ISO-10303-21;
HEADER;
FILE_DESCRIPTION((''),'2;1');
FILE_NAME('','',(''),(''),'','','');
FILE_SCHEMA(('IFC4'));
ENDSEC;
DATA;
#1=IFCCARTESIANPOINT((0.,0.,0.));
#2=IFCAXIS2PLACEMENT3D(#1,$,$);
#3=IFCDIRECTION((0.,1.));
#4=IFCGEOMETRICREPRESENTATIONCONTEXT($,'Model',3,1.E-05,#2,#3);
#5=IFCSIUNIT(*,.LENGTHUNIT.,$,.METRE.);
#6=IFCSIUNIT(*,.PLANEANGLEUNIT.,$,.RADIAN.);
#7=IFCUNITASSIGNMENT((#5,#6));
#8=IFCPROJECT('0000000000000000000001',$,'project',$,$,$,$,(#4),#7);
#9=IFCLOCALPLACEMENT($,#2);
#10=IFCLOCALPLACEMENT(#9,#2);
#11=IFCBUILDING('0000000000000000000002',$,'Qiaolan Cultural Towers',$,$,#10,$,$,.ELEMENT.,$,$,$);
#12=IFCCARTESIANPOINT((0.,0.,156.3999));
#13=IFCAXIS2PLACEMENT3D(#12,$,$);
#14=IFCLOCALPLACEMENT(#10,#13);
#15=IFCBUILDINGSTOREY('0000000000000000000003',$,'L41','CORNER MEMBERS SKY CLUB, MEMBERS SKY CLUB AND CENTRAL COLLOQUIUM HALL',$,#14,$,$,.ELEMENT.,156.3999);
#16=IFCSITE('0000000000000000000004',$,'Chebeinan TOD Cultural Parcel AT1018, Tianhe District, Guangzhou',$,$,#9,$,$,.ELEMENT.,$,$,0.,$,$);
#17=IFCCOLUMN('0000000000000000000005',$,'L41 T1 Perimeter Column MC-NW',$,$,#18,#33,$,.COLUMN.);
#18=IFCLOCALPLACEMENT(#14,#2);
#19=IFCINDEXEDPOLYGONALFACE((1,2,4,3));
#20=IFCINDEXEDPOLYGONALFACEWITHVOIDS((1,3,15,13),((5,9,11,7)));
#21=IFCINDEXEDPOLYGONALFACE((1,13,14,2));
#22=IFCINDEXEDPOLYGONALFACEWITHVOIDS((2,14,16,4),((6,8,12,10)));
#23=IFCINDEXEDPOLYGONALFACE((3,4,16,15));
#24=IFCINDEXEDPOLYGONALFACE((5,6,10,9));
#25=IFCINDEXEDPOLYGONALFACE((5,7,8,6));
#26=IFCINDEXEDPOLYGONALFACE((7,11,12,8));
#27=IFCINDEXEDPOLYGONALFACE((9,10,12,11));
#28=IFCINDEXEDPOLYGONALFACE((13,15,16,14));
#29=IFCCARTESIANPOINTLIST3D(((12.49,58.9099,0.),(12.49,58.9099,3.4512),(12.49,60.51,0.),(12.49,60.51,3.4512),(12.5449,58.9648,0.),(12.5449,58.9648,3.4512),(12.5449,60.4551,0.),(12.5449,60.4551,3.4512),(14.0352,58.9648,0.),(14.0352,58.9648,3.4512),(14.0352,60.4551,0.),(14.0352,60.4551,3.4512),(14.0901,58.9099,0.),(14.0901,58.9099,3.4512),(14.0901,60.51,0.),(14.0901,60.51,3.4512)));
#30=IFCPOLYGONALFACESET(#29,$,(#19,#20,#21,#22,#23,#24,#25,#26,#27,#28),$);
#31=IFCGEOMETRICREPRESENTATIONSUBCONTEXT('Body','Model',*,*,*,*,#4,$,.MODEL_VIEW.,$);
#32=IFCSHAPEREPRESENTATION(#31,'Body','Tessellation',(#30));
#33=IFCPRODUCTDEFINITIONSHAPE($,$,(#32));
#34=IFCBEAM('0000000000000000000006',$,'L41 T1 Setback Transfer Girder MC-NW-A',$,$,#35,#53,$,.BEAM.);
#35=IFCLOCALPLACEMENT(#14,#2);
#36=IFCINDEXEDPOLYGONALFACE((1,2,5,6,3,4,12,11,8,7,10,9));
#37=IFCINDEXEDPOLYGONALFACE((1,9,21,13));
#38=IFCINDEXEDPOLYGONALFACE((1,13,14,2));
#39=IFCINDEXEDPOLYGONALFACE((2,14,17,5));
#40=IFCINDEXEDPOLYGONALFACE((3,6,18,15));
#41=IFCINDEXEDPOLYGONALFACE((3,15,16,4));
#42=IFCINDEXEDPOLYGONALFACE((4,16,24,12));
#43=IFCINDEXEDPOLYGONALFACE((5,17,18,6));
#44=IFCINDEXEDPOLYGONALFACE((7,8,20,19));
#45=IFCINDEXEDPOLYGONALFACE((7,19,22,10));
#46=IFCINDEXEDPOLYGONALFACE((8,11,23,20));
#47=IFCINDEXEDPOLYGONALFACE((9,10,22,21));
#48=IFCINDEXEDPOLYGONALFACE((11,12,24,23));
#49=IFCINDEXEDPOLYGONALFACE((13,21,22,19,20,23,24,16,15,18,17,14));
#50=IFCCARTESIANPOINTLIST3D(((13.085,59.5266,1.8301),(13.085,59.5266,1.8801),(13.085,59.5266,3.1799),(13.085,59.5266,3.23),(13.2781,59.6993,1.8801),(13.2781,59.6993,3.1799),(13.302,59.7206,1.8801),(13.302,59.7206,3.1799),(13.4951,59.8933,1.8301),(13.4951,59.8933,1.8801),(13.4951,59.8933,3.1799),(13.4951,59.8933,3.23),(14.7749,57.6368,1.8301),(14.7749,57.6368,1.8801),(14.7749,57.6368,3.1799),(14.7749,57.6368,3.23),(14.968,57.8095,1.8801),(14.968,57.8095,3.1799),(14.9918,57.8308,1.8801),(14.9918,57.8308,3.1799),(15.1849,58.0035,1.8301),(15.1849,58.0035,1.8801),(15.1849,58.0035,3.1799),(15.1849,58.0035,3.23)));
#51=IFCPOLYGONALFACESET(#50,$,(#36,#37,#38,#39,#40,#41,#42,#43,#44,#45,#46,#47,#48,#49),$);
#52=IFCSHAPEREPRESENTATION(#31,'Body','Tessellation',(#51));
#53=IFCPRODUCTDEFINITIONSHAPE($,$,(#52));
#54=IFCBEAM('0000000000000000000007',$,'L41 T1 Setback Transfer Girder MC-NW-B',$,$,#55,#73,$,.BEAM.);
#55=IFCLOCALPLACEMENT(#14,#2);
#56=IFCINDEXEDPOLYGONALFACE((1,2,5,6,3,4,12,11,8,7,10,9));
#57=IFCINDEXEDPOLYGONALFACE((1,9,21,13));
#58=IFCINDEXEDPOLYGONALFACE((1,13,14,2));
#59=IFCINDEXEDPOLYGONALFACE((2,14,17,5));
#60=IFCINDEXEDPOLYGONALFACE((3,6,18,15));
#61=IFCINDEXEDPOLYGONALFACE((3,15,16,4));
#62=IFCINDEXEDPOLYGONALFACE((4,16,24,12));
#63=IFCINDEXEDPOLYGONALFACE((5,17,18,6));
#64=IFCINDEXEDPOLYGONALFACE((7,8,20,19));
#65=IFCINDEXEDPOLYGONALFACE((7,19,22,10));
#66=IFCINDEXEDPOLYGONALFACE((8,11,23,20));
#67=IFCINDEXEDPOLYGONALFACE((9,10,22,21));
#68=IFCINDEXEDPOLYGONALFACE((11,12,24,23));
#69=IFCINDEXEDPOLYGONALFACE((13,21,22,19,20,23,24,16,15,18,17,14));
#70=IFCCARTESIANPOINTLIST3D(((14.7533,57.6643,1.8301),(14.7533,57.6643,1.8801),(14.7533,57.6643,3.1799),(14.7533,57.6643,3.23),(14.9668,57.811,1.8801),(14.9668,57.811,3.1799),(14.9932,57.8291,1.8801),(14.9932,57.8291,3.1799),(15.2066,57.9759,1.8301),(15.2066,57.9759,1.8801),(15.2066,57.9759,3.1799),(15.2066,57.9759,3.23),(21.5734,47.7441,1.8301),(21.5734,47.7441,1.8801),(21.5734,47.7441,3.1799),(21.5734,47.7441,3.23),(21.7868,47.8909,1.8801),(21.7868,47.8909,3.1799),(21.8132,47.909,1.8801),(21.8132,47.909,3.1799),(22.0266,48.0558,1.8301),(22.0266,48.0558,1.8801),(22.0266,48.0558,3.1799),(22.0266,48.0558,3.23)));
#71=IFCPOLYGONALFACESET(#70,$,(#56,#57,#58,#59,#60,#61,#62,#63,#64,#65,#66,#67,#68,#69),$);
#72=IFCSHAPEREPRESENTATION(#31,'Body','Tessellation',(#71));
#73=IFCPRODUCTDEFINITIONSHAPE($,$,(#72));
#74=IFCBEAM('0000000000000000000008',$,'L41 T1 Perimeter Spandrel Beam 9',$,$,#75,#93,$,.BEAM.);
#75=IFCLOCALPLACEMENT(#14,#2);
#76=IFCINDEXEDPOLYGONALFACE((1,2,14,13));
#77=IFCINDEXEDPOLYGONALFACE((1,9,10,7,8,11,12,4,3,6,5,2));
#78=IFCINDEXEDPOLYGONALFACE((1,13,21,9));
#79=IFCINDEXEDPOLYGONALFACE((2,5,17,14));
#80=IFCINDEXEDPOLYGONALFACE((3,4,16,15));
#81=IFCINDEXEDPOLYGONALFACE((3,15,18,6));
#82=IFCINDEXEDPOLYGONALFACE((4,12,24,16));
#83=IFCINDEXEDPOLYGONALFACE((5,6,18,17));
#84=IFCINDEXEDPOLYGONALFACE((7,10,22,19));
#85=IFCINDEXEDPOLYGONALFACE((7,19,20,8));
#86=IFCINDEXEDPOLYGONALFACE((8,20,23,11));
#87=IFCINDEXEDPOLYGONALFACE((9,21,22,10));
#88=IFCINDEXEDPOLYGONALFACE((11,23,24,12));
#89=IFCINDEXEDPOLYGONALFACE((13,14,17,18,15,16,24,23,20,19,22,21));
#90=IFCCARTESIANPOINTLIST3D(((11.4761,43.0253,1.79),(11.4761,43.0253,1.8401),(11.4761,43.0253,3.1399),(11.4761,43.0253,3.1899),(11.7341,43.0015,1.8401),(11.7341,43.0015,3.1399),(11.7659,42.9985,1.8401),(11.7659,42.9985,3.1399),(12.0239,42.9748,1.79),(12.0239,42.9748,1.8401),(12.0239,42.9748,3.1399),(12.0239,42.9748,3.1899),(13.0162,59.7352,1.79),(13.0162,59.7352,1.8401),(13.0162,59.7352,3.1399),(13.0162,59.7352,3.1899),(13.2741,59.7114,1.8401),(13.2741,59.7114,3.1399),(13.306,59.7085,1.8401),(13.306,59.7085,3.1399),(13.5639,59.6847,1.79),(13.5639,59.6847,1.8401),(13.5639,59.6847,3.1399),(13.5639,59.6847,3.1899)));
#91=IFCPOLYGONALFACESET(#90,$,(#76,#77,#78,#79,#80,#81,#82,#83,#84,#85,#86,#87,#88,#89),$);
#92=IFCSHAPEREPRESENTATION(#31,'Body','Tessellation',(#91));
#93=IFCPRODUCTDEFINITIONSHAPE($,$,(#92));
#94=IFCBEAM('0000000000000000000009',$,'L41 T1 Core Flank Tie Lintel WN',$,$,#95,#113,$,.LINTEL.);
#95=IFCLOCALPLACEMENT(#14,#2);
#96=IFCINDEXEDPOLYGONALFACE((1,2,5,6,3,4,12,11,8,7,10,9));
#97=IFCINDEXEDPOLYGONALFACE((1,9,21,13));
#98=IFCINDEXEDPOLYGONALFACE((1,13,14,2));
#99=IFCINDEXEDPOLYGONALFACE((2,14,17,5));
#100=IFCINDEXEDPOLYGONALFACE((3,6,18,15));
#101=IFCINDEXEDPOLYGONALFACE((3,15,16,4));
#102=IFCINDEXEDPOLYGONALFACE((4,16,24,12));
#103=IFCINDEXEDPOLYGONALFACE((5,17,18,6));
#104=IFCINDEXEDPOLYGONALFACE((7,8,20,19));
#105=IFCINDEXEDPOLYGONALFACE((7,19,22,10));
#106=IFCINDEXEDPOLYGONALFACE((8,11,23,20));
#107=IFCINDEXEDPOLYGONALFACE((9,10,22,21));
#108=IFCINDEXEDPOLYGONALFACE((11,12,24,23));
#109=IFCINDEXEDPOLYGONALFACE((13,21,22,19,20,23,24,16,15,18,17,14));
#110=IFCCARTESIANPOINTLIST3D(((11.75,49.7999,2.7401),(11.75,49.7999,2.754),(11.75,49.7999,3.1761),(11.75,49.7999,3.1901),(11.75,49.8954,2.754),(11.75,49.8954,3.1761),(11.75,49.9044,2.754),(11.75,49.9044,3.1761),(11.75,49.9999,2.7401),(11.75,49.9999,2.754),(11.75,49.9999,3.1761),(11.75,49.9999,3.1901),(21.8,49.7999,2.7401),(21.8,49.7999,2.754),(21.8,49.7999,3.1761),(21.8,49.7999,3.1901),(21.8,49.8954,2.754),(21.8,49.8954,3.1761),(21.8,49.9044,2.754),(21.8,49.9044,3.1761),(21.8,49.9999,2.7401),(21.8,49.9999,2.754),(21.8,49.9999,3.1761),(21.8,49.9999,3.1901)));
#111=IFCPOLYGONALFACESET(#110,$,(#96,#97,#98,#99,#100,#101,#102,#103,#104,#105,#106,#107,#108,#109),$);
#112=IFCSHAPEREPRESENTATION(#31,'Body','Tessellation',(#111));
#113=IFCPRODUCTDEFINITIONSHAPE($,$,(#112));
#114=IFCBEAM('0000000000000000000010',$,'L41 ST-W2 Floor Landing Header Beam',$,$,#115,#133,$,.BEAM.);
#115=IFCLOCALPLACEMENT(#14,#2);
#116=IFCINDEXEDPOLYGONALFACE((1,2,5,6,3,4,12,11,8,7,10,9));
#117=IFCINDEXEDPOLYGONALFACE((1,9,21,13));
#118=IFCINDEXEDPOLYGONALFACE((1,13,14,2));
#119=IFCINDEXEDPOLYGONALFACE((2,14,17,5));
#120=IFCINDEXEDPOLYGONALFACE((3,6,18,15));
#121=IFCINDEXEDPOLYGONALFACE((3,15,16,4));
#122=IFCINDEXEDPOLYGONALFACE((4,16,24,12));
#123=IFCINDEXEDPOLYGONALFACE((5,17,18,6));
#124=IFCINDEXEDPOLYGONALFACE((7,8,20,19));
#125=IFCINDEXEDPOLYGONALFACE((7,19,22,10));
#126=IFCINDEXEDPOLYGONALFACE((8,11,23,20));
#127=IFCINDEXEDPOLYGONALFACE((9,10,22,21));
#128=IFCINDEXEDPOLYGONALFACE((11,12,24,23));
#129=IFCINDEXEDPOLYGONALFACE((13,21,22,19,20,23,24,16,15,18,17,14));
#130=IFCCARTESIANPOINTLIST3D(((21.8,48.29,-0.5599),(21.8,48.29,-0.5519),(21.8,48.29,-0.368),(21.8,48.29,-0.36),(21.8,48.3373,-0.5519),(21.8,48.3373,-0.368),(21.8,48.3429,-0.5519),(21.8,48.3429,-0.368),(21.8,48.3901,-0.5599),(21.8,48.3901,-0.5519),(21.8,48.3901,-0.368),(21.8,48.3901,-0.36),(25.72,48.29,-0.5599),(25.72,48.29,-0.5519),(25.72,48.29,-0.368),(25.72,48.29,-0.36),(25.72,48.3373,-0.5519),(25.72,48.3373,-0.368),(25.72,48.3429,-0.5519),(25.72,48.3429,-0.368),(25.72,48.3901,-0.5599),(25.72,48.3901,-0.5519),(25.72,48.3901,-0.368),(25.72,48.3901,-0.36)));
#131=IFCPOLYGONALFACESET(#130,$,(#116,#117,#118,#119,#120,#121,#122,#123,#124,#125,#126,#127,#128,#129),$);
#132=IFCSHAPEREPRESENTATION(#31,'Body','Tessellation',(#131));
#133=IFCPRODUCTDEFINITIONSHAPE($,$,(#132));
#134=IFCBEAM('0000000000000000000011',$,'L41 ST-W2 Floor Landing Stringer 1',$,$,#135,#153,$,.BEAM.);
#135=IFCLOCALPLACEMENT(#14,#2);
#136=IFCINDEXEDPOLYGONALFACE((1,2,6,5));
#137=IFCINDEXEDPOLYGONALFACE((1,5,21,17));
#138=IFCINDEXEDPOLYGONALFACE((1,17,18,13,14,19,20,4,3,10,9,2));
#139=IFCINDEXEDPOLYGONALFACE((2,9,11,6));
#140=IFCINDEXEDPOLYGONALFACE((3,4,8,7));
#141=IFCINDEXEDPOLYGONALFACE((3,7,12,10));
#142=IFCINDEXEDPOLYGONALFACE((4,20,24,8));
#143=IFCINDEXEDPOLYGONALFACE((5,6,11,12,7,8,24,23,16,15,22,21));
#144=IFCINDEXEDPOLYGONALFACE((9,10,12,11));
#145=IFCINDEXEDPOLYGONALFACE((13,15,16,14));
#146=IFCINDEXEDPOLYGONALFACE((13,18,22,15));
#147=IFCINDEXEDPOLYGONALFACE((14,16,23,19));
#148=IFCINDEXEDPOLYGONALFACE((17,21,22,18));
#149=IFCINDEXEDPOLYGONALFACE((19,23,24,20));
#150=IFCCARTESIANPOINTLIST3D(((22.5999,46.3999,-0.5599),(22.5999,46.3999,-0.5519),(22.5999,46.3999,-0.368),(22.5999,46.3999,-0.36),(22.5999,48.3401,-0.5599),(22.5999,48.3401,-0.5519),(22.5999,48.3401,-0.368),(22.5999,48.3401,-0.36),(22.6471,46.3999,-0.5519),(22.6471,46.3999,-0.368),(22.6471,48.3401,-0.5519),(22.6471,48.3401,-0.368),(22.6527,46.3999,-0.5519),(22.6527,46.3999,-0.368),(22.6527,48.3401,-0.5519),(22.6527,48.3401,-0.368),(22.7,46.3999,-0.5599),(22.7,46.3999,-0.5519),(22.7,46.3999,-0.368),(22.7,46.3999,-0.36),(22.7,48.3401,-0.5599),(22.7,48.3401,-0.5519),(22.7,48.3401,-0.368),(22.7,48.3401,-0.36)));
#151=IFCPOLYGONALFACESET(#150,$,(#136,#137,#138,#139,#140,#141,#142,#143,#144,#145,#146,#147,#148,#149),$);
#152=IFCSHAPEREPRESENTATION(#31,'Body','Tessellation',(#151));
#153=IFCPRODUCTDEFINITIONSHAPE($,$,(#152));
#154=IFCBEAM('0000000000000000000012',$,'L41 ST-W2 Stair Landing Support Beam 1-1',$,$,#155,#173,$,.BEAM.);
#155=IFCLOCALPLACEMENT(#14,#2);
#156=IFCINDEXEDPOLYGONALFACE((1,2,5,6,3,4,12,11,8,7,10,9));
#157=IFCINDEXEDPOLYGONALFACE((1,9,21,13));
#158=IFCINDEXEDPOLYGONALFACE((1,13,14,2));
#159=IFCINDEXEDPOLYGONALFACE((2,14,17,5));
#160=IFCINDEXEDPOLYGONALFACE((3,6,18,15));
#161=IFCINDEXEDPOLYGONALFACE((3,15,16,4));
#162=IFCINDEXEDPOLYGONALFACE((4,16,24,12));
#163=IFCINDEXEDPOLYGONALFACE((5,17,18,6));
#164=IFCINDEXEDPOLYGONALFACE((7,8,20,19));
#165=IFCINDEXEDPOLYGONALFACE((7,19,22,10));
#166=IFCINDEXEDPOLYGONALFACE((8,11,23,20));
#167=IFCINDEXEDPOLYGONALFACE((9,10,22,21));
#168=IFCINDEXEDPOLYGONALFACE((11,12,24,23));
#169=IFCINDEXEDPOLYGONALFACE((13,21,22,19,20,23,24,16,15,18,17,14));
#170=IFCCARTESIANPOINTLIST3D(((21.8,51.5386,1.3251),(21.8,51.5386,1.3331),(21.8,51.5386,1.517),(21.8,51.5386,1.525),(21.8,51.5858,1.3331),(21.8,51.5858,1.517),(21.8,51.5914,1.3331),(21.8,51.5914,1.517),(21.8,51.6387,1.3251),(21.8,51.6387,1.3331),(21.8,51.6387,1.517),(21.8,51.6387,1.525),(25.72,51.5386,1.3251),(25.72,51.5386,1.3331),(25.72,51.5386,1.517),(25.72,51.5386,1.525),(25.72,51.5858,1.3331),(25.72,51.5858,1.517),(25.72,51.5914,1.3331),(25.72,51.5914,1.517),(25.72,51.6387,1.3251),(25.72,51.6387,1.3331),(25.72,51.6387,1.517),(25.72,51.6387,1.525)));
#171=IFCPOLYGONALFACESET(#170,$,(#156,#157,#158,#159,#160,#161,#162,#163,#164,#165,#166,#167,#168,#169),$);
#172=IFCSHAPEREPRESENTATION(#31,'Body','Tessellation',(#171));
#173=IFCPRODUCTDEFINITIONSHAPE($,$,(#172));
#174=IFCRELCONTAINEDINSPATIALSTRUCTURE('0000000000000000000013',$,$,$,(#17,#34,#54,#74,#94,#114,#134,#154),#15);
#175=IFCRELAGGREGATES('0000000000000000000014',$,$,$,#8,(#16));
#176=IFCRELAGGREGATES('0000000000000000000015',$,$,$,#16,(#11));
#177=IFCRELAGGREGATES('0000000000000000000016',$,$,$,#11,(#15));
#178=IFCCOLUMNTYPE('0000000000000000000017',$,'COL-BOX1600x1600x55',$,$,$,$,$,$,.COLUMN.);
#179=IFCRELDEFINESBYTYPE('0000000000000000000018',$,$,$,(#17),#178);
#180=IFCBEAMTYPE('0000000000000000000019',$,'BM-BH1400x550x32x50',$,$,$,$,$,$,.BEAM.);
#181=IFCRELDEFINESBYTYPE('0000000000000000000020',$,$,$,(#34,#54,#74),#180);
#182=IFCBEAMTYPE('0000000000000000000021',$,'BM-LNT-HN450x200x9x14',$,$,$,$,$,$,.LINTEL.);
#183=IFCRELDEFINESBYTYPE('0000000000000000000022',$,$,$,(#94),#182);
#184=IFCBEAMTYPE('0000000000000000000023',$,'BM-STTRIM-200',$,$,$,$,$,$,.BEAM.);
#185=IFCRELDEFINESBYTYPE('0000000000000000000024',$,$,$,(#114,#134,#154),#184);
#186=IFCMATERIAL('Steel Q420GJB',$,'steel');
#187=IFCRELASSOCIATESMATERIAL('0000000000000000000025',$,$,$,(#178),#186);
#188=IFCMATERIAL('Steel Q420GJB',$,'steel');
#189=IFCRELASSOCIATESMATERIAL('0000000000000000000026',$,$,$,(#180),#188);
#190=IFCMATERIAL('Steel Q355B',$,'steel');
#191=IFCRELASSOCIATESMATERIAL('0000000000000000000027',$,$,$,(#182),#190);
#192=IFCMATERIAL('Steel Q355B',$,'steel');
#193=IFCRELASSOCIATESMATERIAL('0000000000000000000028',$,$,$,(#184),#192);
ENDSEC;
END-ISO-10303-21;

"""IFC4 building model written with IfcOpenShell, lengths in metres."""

from ifc_helpers import new_model, si_unit, direction, frame, origin, origin_2d, place, context, subcontext, project, spatial, hollow_rectangle, i_section, extrude, material, material_profile, profile_set, type_object, element, save


model = new_model("IFC4")

# Units and contexts
model_context = context("Model", 3, precision=1e-05, world=origin(), true_north=direction((0.0, 1.0)))
body_context = subcontext(model_context, "Body", "Model", "MODEL_VIEW")
ifc_project = project(units=[si_unit("LENGTHUNIT", "METRE"), si_unit("PLANEANGLEUNIT", "RADIAN")], contexts=[model_context])

# Site, building, storey
site_placement = place(None, origin())
site = spatial("IfcSite", under=ifc_project, at=site_placement, Name="Chebeinan TOD Cultural Parcel AT1018, Tianhe District, Guangzhou", CompositionType="ELEMENT", RefElevation=0.0)
building_placement = place(site_placement, origin())
building = spatial("IfcBuilding", under=site, at=building_placement, Name="Qiaolan Cultural Towers", CompositionType="ELEMENT")
storey_placement = place(building_placement, frame((0.0, 0.0, 156.3999)))
storey = spatial("IfcBuildingStorey", under=building, at=storey_placement, Name="L41", Description="CORNER MEMBERS SKY CLUB, MEMBERS SKY CLUB AND CENTRAL COLLOQUIUM HALL", CompositionType="ELEMENT", Elevation=156.3999)

# Column
ifc_material_1 = material(Name="Steel Q420GJB", Category="steel")
ifc_material_profile_1 = material_profile(ifc_material_1, hollow_rectangle(XDim=1.6001, YDim=1.6001, WallThickness=0.0549, at=origin_2d()), Name="BOX1600x1600x55")
ifc_profile_set_1 = profile_set([ifc_material_profile_1], Name="Steel Q420GJB")
column_type = type_object("IfcColumnType", Name="COL-BOX1600x1600x55", PredefinedType="COLUMN", material=ifc_profile_set_1)
column_placement = place(storey_placement, frame((13.29, 59.71, 0.0), z_axis=(0.0, 0.0, 1.0), x_axis=(1.0, 0.0, 0.0)))
element("IfcColumn", 1, at=column_placement, inside=storey, type_object=column_type, Name="L41 T1 Perimeter Column MC-NW", PredefinedType="COLUMN", context=body_context, shape_type="SweptSolid", body=[
    extrude(hollow_rectangle(XDim=1.6001, YDim=1.6001, WallThickness=0.0549, at=origin_2d()), origin(), (0.0, 0.0, 1.0), 3.4512),
])

# Beams
ifc_material_2 = material(Name="Steel Q420GJB", Category="steel")
ifc_material_profile_2 = material_profile(ifc_material_2, i_section(OverallWidth=0.55, OverallDepth=1.3999, WebThickness=0.032, FlangeThickness=0.05, at=origin_2d()), Name="BH1400x550x32x50")
ifc_profile_set_2 = profile_set([ifc_material_profile_2], Name="Steel Q420GJB")
beam_type_1 = type_object("IfcBeamType", Name="BM-BH1400x550x32x50", PredefinedType="BEAM", material=ifc_profile_set_2)
beam_1_placement = place(storey_placement, frame((13.29, 59.71, 2.53), z_axis=(0.666572, -0.74544, 0.0), x_axis=(0.74544, 0.666572, 0.0)))
element("IfcBeam", 2, at=beam_1_placement, inside=storey, type_object=beam_type_1, Name="L41 T1 Setback Transfer Girder MC-NW-A", PredefinedType="BEAM", context=body_context, shape_type="SweptSolid", body=[
    extrude(i_section(OverallWidth=0.55, OverallDepth=1.3999, WebThickness=0.032, FlangeThickness=0.05, at=origin_2d()), origin(), (0.0, 0.0, 1.0), 2.5352),
])
beam_2_placement = place(storey_placement, frame((14.98, 57.8201, 2.53), z_axis=(0.566526, -0.824044, 0.0), x_axis=(0.824044, 0.566526, 0.0)))
element("IfcBeam", 3, at=beam_2_placement, inside=storey, type_object=beam_type_1, Name="L41 T1 Setback Transfer Girder MC-NW-B", PredefinedType="BEAM", context=body_context, shape_type="SweptSolid", body=[
    extrude(i_section(OverallWidth=0.55, OverallDepth=1.3999, WebThickness=0.032, FlangeThickness=0.05, at=origin_2d()), origin(), (0.0, 0.0, 1.0), 12.0383),
])
beam_3_placement = place(storey_placement, frame((13.29, 59.71, 2.49), z_axis=(-0.091774, -0.99578, 0.0), x_axis=(0.99578, -0.091774, 0.0)))
element("IfcBeam", 4, at=beam_3_placement, inside=storey, type_object=beam_type_1, Name="L41 T1 Perimeter Spandrel Beam 9", PredefinedType="BEAM", context=body_context, shape_type="SweptSolid", body=[
    extrude(i_section(OverallWidth=0.55, OverallDepth=1.3999, WebThickness=0.032, FlangeThickness=0.05, at=origin_2d()), origin(), (0.0, 0.0, 1.0), 16.7808),
])
ifc_material_3 = material(Name="Steel Q355B", Category="steel")
ifc_material_profile_3 = material_profile(ifc_material_3, i_section(OverallWidth=0.2, OverallDepth=0.45, WebThickness=0.009, FlangeThickness=0.0139, at=origin_2d()), Name="HN450x200x9x14")
ifc_profile_set_3 = profile_set([ifc_material_profile_3], Name="Steel Q355B")
beam_type_2 = type_object("IfcBeamType", Name="BM-LNT-HN450x200x9x14", PredefinedType="LINTEL", material=ifc_profile_set_3)
beam_4_placement = place(storey_placement, frame((21.8, 49.8999, 2.9651), z_axis=(-1.0, 0.0, 0.0), x_axis=(0.0, -1.0, 0.0)))
element("IfcBeam", 5, at=beam_4_placement, inside=storey, type_object=beam_type_2, Name="L41 T1 Core Flank Tie Lintel WN", PredefinedType="LINTEL", context=body_context, shape_type="SweptSolid", body=[
    extrude(i_section(OverallWidth=0.2, OverallDepth=0.45, WebThickness=0.009, FlangeThickness=0.0139, at=origin_2d()), origin(), (0.0, 0.0, 1.0), 10.05),
])
ifc_material_4 = material(Name="Steel Q355B", Category="steel")
ifc_material_profile_4 = material_profile(ifc_material_4, i_section(OverallWidth=0.1001, OverallDepth=0.2, WebThickness=0.0056, FlangeThickness=0.0081, at=origin_2d()), Name="HN200x100x5.5x8")
ifc_profile_set_4 = profile_set([ifc_material_profile_4], Name="Steel Q355B")
beam_type_3 = type_object("IfcBeamType", Name="BM-STTRIM-200", PredefinedType="BEAM", material=ifc_profile_set_4)
beam_5_placement = place(storey_placement, frame((21.8, 48.3401, -0.46), z_axis=(1.0, 0.0, 0.0), x_axis=(0.0, 1.0, 0.0)))
element("IfcBeam", 6, at=beam_5_placement, inside=storey, type_object=beam_type_3, Name="L41 ST-W2 Floor Landing Header Beam", PredefinedType="BEAM", context=body_context, shape_type="SweptSolid", body=[
    extrude(i_section(OverallWidth=0.1001, OverallDepth=0.2, WebThickness=0.0056, FlangeThickness=0.0081, at=origin_2d()), origin(), (0.0, 0.0, 1.0), 3.9199),
])
beam_6_placement = place(storey_placement, frame((22.6499, 46.3999, -0.46), z_axis=(0.0, 1.0, 0.0), x_axis=(-1.0, 0.0, 0.0)))
element("IfcBeam", 7, at=beam_6_placement, inside=storey, type_object=beam_type_3, Name="L41 ST-W2 Floor Landing Stringer 1", PredefinedType="BEAM", context=body_context, shape_type="SweptSolid", body=[
    extrude(i_section(OverallWidth=0.1001, OverallDepth=0.2, WebThickness=0.0056, FlangeThickness=0.0081, at=origin_2d()), origin(), (0.0, 0.0, 1.0), 1.9402),
])
for number, where, z_axis, x_axis, name in (
    (8, (21.8, 51.5886, 1.425), (1.0, 0.0, 0.0), (0.0, 1.0, 0.0), "L41 ST-W2 Stair Landing Support Beam 1-1"),
):
    element("IfcBeam", number, at=place(storey_placement, frame(where, z_axis=z_axis, x_axis=x_axis)), inside=storey, type_object=beam_type_3, Name=name, PredefinedType="BEAM", context=body_context, shape_type="SweptSolid", body=[
        extrude(i_section(OverallWidth=0.1001, OverallDepth=0.2, WebThickness=0.0056, FlangeThickness=0.0081, at=origin_2d()), origin(), (0.0, 0.0, 1.0), 3.9199),
    ])

save(model, "model.ifc")
